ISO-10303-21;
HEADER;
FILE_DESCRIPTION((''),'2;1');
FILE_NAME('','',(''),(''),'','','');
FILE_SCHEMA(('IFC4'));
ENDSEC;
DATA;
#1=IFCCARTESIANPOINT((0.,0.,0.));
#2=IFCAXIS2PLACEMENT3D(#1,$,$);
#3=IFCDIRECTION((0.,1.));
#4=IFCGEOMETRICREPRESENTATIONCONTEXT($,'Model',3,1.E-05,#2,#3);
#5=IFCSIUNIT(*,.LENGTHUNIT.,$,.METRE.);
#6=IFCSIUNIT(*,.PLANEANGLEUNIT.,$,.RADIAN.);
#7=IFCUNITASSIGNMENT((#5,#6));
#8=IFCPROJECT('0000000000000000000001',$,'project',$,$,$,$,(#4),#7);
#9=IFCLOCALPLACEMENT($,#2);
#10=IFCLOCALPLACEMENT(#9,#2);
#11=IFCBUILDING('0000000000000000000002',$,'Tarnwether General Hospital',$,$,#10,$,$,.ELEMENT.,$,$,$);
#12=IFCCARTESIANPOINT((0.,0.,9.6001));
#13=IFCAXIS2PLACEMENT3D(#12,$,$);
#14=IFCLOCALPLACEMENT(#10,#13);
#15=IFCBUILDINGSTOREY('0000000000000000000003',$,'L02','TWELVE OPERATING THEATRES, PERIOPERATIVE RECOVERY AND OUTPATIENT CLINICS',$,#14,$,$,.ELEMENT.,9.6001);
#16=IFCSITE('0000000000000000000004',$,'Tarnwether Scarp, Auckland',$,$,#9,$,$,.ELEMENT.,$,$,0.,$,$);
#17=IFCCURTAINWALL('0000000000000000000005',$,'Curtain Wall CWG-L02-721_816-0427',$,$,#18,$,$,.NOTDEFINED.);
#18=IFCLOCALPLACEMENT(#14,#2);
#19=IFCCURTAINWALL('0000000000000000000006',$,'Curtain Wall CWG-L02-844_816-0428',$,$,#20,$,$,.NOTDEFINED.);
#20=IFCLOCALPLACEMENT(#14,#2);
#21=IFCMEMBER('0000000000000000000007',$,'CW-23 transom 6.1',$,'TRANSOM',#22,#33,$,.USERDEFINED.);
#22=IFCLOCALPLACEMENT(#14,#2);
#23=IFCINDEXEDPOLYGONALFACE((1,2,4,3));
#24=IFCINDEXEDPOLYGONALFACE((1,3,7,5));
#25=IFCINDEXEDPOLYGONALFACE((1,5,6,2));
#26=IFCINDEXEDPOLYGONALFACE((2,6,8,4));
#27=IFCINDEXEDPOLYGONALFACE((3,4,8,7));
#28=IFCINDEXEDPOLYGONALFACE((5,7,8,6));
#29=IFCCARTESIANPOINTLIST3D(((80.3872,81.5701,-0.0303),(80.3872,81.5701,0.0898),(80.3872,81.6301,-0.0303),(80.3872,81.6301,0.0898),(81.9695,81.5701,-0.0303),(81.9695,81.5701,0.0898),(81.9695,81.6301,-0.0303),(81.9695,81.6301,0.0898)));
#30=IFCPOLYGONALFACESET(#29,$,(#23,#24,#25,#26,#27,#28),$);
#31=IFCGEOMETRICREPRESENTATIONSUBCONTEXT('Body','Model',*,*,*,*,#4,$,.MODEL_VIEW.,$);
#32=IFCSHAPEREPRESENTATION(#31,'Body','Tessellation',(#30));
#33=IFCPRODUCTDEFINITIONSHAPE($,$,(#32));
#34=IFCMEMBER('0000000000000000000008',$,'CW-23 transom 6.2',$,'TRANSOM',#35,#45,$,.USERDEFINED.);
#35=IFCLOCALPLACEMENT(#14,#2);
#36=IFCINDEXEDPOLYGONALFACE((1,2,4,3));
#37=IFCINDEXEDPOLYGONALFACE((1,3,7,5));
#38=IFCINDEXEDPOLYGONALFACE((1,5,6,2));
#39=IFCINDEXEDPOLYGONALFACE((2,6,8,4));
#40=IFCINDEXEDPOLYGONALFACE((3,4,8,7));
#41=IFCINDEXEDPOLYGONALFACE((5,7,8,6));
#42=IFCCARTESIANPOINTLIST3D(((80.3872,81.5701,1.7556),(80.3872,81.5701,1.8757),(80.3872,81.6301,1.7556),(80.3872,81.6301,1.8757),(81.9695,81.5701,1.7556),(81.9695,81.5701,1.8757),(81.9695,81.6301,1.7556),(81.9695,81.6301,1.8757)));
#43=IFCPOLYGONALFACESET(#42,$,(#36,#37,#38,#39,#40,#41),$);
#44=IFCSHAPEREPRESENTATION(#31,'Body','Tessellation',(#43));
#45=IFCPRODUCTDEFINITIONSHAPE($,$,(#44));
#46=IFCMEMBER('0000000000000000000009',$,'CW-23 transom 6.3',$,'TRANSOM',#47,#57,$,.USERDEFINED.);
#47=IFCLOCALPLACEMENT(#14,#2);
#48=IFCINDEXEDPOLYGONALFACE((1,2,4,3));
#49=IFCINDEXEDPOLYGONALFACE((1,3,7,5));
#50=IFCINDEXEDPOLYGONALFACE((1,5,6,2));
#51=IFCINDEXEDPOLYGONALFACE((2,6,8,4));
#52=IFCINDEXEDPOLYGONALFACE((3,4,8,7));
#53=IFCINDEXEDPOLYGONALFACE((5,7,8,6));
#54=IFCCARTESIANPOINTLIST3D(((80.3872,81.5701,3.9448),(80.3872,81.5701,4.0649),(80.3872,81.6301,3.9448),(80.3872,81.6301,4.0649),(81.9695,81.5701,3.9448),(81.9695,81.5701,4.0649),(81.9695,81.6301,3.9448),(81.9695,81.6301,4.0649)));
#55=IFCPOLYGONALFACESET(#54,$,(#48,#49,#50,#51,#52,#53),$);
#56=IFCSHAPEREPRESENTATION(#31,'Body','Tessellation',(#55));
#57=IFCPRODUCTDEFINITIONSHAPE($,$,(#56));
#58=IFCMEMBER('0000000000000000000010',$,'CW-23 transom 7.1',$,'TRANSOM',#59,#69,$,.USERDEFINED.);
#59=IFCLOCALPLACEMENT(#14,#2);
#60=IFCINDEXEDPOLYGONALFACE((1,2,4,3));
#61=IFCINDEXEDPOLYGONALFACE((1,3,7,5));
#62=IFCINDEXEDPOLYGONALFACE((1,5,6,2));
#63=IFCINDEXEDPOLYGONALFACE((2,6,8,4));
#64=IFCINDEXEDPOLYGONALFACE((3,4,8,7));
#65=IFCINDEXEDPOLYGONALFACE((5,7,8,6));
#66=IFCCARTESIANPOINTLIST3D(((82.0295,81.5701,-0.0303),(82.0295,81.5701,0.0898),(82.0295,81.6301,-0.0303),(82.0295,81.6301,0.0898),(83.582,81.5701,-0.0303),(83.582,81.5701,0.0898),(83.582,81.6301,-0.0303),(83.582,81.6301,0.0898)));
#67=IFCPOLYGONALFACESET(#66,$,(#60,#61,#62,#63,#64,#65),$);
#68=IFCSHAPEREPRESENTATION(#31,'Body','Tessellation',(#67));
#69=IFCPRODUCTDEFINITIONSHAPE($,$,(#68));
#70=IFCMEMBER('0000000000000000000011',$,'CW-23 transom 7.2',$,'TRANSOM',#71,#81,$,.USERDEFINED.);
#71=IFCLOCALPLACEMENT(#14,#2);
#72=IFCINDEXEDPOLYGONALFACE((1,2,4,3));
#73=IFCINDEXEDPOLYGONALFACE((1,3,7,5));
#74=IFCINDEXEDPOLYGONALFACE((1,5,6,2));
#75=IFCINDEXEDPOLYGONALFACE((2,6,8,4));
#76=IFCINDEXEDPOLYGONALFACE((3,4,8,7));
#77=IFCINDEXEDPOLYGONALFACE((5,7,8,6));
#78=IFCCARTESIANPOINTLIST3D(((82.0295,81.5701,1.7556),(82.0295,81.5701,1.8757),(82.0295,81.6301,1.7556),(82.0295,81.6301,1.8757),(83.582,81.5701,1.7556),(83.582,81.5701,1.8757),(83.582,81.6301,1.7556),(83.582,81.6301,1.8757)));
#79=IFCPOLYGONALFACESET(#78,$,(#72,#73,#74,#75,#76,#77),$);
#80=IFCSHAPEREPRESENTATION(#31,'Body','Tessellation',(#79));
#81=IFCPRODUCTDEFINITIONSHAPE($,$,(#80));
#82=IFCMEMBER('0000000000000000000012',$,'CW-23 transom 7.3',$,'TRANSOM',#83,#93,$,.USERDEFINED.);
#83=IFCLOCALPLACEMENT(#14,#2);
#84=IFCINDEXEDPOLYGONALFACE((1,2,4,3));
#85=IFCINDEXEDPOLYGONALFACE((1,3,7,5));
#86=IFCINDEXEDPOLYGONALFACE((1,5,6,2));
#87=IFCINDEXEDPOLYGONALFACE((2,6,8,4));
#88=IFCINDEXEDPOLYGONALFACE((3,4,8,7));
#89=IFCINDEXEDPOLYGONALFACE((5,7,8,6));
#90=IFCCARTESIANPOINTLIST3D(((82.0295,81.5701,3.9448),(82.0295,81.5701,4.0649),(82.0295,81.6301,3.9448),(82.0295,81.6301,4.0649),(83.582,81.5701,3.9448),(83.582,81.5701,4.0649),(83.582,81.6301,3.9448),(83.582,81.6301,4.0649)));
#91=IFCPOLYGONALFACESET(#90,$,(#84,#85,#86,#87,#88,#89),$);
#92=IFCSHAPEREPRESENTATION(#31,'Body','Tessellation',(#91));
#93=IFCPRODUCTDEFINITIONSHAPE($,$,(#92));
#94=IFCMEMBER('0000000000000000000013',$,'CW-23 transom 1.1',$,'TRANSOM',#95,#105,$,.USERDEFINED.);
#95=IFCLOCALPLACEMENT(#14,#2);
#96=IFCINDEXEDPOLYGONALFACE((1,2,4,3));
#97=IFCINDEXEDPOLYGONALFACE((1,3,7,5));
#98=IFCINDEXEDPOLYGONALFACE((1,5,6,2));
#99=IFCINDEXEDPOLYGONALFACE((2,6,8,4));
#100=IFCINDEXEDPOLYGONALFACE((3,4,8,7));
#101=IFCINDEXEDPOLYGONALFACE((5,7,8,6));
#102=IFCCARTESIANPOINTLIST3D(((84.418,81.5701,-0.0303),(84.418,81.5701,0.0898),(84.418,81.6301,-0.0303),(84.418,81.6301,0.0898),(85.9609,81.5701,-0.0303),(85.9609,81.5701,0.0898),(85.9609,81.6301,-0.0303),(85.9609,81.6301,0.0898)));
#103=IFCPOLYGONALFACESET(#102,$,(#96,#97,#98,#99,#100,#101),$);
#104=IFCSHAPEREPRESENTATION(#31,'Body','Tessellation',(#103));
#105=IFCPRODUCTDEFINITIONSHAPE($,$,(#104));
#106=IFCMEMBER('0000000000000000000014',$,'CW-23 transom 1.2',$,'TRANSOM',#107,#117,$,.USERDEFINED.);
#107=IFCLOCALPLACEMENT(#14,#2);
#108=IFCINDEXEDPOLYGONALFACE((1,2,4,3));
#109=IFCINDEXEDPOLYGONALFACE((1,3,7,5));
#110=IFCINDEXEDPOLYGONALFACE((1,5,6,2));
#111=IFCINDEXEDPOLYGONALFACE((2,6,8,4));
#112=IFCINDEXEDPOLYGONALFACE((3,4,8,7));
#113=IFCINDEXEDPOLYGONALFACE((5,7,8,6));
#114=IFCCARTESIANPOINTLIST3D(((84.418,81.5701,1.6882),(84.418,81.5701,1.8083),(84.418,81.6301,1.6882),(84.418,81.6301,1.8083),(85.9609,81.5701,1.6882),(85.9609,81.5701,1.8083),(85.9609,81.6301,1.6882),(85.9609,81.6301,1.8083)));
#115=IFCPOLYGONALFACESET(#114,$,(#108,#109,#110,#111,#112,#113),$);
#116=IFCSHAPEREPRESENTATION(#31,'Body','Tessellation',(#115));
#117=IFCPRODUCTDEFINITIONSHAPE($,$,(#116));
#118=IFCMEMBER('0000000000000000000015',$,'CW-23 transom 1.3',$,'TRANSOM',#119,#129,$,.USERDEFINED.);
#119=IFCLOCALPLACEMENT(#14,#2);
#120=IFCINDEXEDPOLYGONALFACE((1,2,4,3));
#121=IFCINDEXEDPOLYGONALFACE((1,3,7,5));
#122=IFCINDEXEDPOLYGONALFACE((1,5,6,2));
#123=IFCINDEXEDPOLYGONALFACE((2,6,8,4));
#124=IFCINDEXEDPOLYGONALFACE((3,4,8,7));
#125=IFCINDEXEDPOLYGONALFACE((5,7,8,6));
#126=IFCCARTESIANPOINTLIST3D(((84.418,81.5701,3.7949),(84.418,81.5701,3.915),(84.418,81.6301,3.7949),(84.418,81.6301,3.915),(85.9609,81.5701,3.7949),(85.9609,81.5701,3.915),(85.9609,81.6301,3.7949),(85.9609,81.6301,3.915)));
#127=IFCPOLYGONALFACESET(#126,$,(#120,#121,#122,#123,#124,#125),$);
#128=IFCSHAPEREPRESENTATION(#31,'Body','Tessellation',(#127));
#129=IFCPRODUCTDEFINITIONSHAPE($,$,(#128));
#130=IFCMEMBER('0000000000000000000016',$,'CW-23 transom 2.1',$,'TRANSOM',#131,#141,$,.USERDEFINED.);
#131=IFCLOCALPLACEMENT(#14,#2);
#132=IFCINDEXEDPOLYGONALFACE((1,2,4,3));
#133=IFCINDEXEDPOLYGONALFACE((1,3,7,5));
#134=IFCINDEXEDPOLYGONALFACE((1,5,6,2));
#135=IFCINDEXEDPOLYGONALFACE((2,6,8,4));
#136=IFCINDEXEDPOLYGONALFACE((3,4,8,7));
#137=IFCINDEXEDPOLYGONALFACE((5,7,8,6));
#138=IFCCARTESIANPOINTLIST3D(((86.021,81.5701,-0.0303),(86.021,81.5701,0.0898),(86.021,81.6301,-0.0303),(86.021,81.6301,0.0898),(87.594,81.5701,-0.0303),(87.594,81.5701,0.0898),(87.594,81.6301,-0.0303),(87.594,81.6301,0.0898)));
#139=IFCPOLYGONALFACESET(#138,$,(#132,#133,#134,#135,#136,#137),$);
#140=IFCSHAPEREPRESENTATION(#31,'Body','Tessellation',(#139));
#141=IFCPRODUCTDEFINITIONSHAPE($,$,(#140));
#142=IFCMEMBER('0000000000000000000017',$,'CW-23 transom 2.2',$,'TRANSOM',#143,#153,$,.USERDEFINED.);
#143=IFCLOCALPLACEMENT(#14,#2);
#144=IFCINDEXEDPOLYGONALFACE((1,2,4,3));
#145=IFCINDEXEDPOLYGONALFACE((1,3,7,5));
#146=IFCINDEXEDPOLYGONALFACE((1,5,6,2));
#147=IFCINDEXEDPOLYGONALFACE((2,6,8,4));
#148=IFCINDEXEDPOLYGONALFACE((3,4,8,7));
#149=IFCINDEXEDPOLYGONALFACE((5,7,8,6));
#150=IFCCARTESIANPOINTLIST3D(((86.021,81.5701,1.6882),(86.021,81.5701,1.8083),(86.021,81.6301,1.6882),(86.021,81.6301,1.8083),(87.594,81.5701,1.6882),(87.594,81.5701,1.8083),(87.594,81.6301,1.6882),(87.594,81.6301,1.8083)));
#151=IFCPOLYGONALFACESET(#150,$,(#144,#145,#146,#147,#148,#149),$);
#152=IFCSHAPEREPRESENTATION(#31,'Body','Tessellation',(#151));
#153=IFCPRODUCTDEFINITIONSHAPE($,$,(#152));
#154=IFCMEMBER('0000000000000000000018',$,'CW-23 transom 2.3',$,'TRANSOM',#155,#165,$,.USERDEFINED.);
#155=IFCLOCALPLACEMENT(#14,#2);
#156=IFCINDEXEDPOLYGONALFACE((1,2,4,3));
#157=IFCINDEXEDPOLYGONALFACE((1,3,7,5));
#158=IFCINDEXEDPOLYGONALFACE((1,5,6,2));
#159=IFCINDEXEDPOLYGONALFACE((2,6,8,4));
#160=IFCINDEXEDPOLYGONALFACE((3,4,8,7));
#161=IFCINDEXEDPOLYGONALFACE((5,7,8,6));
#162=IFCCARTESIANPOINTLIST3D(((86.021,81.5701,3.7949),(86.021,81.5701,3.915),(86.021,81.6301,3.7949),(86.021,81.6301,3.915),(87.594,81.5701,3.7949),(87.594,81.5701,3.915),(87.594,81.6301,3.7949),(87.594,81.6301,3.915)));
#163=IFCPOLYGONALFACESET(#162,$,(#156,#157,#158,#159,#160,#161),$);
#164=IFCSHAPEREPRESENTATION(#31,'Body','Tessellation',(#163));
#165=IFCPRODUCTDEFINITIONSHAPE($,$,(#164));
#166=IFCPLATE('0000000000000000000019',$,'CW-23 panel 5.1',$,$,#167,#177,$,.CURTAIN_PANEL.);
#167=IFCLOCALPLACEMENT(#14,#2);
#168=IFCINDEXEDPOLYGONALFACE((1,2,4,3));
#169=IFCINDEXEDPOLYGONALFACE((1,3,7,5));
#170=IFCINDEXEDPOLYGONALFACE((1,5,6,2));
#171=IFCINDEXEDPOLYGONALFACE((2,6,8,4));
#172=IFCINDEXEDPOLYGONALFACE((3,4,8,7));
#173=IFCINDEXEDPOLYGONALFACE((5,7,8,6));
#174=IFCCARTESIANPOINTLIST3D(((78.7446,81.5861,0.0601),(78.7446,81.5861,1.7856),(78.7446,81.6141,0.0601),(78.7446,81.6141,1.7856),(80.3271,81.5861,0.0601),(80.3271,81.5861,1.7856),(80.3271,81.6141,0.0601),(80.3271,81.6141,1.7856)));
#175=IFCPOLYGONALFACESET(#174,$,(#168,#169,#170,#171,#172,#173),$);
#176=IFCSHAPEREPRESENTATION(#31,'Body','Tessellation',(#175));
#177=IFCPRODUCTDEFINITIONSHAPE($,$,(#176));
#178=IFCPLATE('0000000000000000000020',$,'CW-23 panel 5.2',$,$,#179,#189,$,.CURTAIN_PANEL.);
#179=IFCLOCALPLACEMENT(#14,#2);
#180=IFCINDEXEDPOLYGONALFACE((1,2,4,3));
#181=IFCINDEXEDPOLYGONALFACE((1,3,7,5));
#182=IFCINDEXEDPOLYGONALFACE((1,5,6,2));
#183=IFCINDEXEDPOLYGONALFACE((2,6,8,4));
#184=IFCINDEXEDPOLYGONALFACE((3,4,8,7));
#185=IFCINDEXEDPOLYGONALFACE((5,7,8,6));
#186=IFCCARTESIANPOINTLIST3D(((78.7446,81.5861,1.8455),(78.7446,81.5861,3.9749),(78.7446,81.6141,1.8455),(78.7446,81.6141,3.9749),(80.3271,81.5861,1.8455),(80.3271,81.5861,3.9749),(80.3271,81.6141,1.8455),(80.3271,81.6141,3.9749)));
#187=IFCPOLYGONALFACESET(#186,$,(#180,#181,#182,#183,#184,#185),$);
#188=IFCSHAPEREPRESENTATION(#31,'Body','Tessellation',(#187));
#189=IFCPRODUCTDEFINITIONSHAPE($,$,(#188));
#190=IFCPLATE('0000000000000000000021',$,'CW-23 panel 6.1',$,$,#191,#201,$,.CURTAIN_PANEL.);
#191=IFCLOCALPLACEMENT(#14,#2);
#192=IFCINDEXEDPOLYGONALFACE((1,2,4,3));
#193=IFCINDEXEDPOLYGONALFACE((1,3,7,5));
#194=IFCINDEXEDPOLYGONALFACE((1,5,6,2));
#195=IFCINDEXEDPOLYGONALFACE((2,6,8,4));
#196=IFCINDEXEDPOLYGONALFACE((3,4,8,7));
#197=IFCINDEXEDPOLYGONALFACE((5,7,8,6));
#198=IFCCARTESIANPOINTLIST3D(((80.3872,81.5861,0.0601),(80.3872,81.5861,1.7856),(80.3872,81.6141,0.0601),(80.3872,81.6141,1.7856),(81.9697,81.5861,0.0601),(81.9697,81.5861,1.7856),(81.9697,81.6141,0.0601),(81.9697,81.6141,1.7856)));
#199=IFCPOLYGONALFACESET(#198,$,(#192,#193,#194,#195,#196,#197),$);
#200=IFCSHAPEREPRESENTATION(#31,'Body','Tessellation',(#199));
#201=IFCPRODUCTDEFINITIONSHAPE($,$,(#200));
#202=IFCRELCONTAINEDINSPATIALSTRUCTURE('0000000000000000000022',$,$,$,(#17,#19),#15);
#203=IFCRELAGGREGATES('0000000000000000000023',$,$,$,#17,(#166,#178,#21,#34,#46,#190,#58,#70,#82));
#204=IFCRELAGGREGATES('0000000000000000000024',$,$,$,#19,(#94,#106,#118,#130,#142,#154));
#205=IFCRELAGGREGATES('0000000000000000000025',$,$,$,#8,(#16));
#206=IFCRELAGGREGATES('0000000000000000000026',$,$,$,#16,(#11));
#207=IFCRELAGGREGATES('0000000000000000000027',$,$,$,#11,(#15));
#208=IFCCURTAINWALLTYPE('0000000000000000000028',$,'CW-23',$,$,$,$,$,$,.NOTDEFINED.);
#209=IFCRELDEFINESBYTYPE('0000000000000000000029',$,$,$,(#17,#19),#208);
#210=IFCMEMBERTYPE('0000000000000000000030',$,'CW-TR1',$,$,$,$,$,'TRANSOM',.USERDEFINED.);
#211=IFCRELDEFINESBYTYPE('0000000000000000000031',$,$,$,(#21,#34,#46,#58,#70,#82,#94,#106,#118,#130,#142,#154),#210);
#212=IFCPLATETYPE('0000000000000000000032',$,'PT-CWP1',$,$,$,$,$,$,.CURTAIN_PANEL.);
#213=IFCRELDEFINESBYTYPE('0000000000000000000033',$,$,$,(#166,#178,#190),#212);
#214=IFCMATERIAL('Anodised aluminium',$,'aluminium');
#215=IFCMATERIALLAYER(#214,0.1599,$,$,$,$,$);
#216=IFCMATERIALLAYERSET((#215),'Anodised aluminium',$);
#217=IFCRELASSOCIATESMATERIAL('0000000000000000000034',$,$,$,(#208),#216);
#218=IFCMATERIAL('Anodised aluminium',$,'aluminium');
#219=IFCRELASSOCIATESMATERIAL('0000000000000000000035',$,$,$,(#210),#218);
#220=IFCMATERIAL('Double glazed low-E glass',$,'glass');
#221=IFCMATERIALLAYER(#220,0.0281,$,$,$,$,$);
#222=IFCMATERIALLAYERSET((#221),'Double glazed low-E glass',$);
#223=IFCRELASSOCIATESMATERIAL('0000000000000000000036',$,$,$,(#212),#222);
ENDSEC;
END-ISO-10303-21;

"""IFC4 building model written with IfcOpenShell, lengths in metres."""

from ifc_helpers import new_model, si_unit, direction, frame, origin, origin_2d, place, context, subcontext, project, spatial, rectangle, extrude, material, layer, layer_set, material_profile, profile_set, type_object, element, aggregate, save


model = new_model("IFC4")

# Units and contexts
model_context = context("Model", 3, precision=1e-05, world=origin(), true_north=direction((0.0, 1.0)))
body_context = subcontext(model_context, "Body", "Model", "MODEL_VIEW")
ifc_project = project(units=[si_unit("LENGTHUNIT", "METRE"), si_unit("PLANEANGLEUNIT", "RADIAN")], contexts=[model_context])

# Site, building, storey
site_placement = place(None, origin())
site = spatial("IfcSite", under=ifc_project, at=site_placement, Name="Tarnwether Scarp, Auckland", CompositionType="ELEMENT", RefElevation=0.0)
building_placement = place(site_placement, origin())
building = spatial("IfcBuilding", under=site, at=building_placement, Name="Tarnwether General Hospital", CompositionType="ELEMENT")
storey_placement = place(building_placement, frame((0.0, 0.0, 9.6001)))
storey = spatial("IfcBuildingStorey", under=building, at=storey_placement, Name="L02", Description="TWELVE OPERATING THEATRES, PERIOPERATIVE RECOVERY AND OUTPATIENT CLINICS", CompositionType="ELEMENT", Elevation=9.6001)

# Curtain walls
ifc_material_1 = material(Name="Anodised aluminium", Category="aluminium")
ifc_layer_1 = layer(ifc_material_1, 0.1599)
ifc_layer_set_1 = layer_set([ifc_layer_1], Name="Anodised aluminium")
curtain_wall_type = type_object("IfcCurtainWallType", Name="CW-23", PredefinedType="NOTDEFINED", material=ifc_layer_set_1)
curtain_wall_1_placement = place(storey_placement, origin())
curtain_wall_1 = element("IfcCurtainWall", 1, at=curtain_wall_1_placement, inside=storey, type_object=curtain_wall_type, Name="Curtain Wall CWG-L02-721_816-0427", PredefinedType="NOTDEFINED")
curtain_wall_2_placement = place(storey_placement, origin())
curtain_wall_2 = element("IfcCurtainWall", 2, at=curtain_wall_2_placement, inside=storey, type_object=curtain_wall_type, Name="Curtain Wall CWG-L02-844_816-0428", PredefinedType="NOTDEFINED")

# Members
ifc_material_2 = material(Name="Anodised aluminium", Category="aluminium")
ifc_material_profile_1 = material_profile(ifc_material_2, rectangle(XDim=0.0601, YDim=0.1201, at=origin_2d()), Name="ALU-TRN-60x120")
ifc_profile_set_1 = profile_set([ifc_material_profile_1], Name="Anodised aluminium")
member_type_1 = type_object("IfcMemberType", Name="CW-TR1", ElementType="TRANSOM", PredefinedType="USERDEFINED", material=ifc_profile_set_1)
member_1_placement = place(storey_placement, frame((80.3872, 81.6001, 0.0298), z_axis=(1.0, 0.0, 0.0), x_axis=(0.0, 1.0, 0.0)))
member_1 = element("IfcMember", 3, at=member_1_placement, type_object=member_type_1, Name="CW-23 transom 6.1", ObjectType="TRANSOM", PredefinedType="USERDEFINED", context=body_context, shape_type="SweptSolid", body=[
    extrude(rectangle(XDim=0.0601, YDim=0.1201, at=origin_2d()), origin(), (0.0, 0.0, 1.0), 1.5823),
])
member_2_placement = place(storey_placement, frame((80.3872, 81.6001, 1.8157), z_axis=(1.0, 0.0, 0.0), x_axis=(0.0, 1.0, 0.0)))
member_2 = element("IfcMember", 4, at=member_2_placement, type_object=member_type_1, Name="CW-23 transom 6.2", ObjectType="TRANSOM", PredefinedType="USERDEFINED", context=body_context, shape_type="SweptSolid", body=[
    extrude(rectangle(XDim=0.0601, YDim=0.1201, at=origin_2d()), origin(), (0.0, 0.0, 1.0), 1.5823),
])
member_3_placement = place(storey_placement, frame((80.3872, 81.6001, 4.0049), z_axis=(1.0, 0.0, 0.0), x_axis=(0.0, 1.0, 0.0)))
member_3 = element("IfcMember", 5, at=member_3_placement, type_object=member_type_1, Name="CW-23 transom 6.3", ObjectType="TRANSOM", PredefinedType="USERDEFINED", context=body_context, shape_type="SweptSolid", body=[
    extrude(rectangle(XDim=0.0601, YDim=0.1201, at=origin_2d()), origin(), (0.0, 0.0, 1.0), 1.5823),
])
member_4_placement = place(storey_placement, frame((82.0295, 81.6001, 0.0298), z_axis=(1.0, 0.0, 0.0), x_axis=(0.0, 1.0, 0.0)))
member_4 = element("IfcMember", 6, at=member_4_placement, type_object=member_type_1, Name="CW-23 transom 7.1", ObjectType="TRANSOM", PredefinedType="USERDEFINED", context=body_context, shape_type="SweptSolid", body=[
    extrude(rectangle(XDim=0.0601, YDim=0.1201, at=origin_2d()), origin(), (0.0, 0.0, 1.0), 1.5525),
])
member_5_placement = place(storey_placement, frame((82.0295, 81.6001, 1.8157), z_axis=(1.0, 0.0, 0.0), x_axis=(0.0, 1.0, 0.0)))
member_5 = element("IfcMember", 7, at=member_5_placement, type_object=member_type_1, Name="CW-23 transom 7.2", ObjectType="TRANSOM", PredefinedType="USERDEFINED", context=body_context, shape_type="SweptSolid", body=[
    extrude(rectangle(XDim=0.0601, YDim=0.1201, at=origin_2d()), origin(), (0.0, 0.0, 1.0), 1.5525),
])
member_6_placement = place(storey_placement, frame((82.0295, 81.6001, 4.0049), z_axis=(1.0, 0.0, 0.0), x_axis=(0.0, 1.0, 0.0)))
member_6 = element("IfcMember", 8, at=member_6_placement, type_object=member_type_1, Name="CW-23 transom 7.3", ObjectType="TRANSOM", PredefinedType="USERDEFINED", context=body_context, shape_type="SweptSolid", body=[
    extrude(rectangle(XDim=0.0601, YDim=0.1201, at=origin_2d()), origin(), (0.0, 0.0, 1.0), 1.5525),
])
member_7_placement = place(storey_placement, frame((84.418, 81.6001, 0.0298), z_axis=(1.0, 0.0, 0.0), x_axis=(0.0, 1.0, 0.0)))
member_7 = element("IfcMember", 9, at=member_7_placement, type_object=member_type_1, Name="CW-23 transom 1.1", ObjectType="TRANSOM", PredefinedType="USERDEFINED", context=body_context, shape_type="SweptSolid", body=[
    extrude(rectangle(XDim=0.0601, YDim=0.1201, at=origin_2d()), origin(), (0.0, 0.0, 1.0), 1.543),
])
member_8_placement = place(storey_placement, frame((84.418, 81.6001, 1.7483), z_axis=(1.0, 0.0, 0.0), x_axis=(0.0, 1.0, 0.0)))
member_8 = element("IfcMember", 10, at=member_8_placement, type_object=member_type_1, Name="CW-23 transom 1.2", ObjectType="TRANSOM", PredefinedType="USERDEFINED", context=body_context, shape_type="SweptSolid", body=[
    extrude(rectangle(XDim=0.0601, YDim=0.1201, at=origin_2d()), origin(), (0.0, 0.0, 1.0), 1.543),
])
member_9_placement = place(storey_placement, frame((84.418, 81.6001, 3.855), z_axis=(1.0, 0.0, 0.0), x_axis=(0.0, 1.0, 0.0)))
member_9 = element("IfcMember", 11, at=member_9_placement, type_object=member_type_1, Name="CW-23 transom 1.3", ObjectType="TRANSOM", PredefinedType="USERDEFINED", context=body_context, shape_type="SweptSolid", body=[
    extrude(rectangle(XDim=0.0601, YDim=0.1201, at=origin_2d()), origin(), (0.0, 0.0, 1.0), 1.543),
])
member_10_placement = place(storey_placement, frame((86.021, 81.6001, 0.0298), z_axis=(1.0, 0.0, 0.0), x_axis=(0.0, 1.0, 0.0)))
member_10 = element("IfcMember", 12, at=member_10_placement, type_object=member_type_1, Name="CW-23 transom 2.1", ObjectType="TRANSOM", PredefinedType="USERDEFINED", context=body_context, shape_type="SweptSolid", body=[
    extrude(rectangle(XDim=0.0601, YDim=0.1201, at=origin_2d()), origin(), (0.0, 0.0, 1.0), 1.573),
])
member_11_placement = place(storey_placement, frame((86.021, 81.6001, 1.7483), z_axis=(1.0, 0.0, 0.0), x_axis=(0.0, 1.0, 0.0)))
member_11 = element("IfcMember", 13, at=member_11_placement, type_object=member_type_1, Name="CW-23 transom 2.2", ObjectType="TRANSOM", PredefinedType="USERDEFINED", context=body_context, shape_type="SweptSolid", body=[
    extrude(rectangle(XDim=0.0601, YDim=0.1201, at=origin_2d()), origin(), (0.0, 0.0, 1.0), 1.573),
])
member_12_placement = place(storey_placement, frame((86.021, 81.6001, 3.855), z_axis=(1.0, 0.0, 0.0), x_axis=(0.0, 1.0, 0.0)))
member_12 = element("IfcMember", 14, at=member_12_placement, type_object=member_type_1, Name="CW-23 transom 2.3", ObjectType="TRANSOM", PredefinedType="USERDEFINED", context=body_context, shape_type="SweptSolid", body=[
    extrude(rectangle(XDim=0.0601, YDim=0.1201, at=origin_2d()), origin(), (0.0, 0.0, 1.0), 1.573),
])

# Plates
ifc_material_3 = material(Name="Double glazed low-E glass", Category="glass")
ifc_layer_2 = layer(ifc_material_3, 0.0281)
ifc_layer_set_2 = layer_set([ifc_layer_2], Name="Double glazed low-E glass")
plate_type = type_object("IfcPlateType", Name="PT-CWP1", PredefinedType="CURTAIN_PANEL", material=ifc_layer_set_2)
plate_1_placement = place(storey_placement, frame((79.5359, 81.6001, 0.0601), z_axis=(0.0, 0.0, 1.0), x_axis=(1.0, 0.0, 0.0)))
plate_1 = element("IfcPlate", 15, at=plate_1_placement, type_object=plate_type, Name="CW-23 panel 5.1", PredefinedType="CURTAIN_PANEL", context=body_context, shape_type="SweptSolid", body=[
    extrude(rectangle(XDim=1.5825, YDim=0.0281, at=origin_2d()), origin(), (0.0, 0.0, 1.0), 1.7256),
])
plate_2_placement = place(storey_placement, frame((79.5359, 81.6001, 1.8455), z_axis=(0.0, 0.0, 1.0), x_axis=(1.0, 0.0, 0.0)))
plate_2 = element("IfcPlate", 16, at=plate_2_placement, type_object=plate_type, Name="CW-23 panel 5.2", PredefinedType="CURTAIN_PANEL", context=body_context, shape_type="SweptSolid", body=[
    extrude(rectangle(XDim=1.5825, YDim=0.0281, at=origin_2d()), origin(), (0.0, 0.0, 1.0), 2.1294),
])
plate_3_placement = place(storey_placement, frame((81.1785, 81.6001, 0.0601), z_axis=(0.0, 0.0, 1.0), x_axis=(1.0, 0.0, 0.0)))
plate_3 = element("IfcPlate", 17, at=plate_3_placement, type_object=plate_type, Name="CW-23 panel 6.1", PredefinedType="CURTAIN_PANEL", context=body_context, shape_type="SweptSolid", body=[
    extrude(rectangle(XDim=1.5825, YDim=0.0281, at=origin_2d()), origin(), (0.0, 0.0, 1.0), 1.7256),
])
aggregate(curtain_wall_1, [plate_1, plate_2, member_1, member_2, member_3, plate_3, member_4, member_5, member_6])
aggregate(curtain_wall_2, [member_7, member_8, member_9, member_10, member_11, member_12])

save(model, "model.ifc")
